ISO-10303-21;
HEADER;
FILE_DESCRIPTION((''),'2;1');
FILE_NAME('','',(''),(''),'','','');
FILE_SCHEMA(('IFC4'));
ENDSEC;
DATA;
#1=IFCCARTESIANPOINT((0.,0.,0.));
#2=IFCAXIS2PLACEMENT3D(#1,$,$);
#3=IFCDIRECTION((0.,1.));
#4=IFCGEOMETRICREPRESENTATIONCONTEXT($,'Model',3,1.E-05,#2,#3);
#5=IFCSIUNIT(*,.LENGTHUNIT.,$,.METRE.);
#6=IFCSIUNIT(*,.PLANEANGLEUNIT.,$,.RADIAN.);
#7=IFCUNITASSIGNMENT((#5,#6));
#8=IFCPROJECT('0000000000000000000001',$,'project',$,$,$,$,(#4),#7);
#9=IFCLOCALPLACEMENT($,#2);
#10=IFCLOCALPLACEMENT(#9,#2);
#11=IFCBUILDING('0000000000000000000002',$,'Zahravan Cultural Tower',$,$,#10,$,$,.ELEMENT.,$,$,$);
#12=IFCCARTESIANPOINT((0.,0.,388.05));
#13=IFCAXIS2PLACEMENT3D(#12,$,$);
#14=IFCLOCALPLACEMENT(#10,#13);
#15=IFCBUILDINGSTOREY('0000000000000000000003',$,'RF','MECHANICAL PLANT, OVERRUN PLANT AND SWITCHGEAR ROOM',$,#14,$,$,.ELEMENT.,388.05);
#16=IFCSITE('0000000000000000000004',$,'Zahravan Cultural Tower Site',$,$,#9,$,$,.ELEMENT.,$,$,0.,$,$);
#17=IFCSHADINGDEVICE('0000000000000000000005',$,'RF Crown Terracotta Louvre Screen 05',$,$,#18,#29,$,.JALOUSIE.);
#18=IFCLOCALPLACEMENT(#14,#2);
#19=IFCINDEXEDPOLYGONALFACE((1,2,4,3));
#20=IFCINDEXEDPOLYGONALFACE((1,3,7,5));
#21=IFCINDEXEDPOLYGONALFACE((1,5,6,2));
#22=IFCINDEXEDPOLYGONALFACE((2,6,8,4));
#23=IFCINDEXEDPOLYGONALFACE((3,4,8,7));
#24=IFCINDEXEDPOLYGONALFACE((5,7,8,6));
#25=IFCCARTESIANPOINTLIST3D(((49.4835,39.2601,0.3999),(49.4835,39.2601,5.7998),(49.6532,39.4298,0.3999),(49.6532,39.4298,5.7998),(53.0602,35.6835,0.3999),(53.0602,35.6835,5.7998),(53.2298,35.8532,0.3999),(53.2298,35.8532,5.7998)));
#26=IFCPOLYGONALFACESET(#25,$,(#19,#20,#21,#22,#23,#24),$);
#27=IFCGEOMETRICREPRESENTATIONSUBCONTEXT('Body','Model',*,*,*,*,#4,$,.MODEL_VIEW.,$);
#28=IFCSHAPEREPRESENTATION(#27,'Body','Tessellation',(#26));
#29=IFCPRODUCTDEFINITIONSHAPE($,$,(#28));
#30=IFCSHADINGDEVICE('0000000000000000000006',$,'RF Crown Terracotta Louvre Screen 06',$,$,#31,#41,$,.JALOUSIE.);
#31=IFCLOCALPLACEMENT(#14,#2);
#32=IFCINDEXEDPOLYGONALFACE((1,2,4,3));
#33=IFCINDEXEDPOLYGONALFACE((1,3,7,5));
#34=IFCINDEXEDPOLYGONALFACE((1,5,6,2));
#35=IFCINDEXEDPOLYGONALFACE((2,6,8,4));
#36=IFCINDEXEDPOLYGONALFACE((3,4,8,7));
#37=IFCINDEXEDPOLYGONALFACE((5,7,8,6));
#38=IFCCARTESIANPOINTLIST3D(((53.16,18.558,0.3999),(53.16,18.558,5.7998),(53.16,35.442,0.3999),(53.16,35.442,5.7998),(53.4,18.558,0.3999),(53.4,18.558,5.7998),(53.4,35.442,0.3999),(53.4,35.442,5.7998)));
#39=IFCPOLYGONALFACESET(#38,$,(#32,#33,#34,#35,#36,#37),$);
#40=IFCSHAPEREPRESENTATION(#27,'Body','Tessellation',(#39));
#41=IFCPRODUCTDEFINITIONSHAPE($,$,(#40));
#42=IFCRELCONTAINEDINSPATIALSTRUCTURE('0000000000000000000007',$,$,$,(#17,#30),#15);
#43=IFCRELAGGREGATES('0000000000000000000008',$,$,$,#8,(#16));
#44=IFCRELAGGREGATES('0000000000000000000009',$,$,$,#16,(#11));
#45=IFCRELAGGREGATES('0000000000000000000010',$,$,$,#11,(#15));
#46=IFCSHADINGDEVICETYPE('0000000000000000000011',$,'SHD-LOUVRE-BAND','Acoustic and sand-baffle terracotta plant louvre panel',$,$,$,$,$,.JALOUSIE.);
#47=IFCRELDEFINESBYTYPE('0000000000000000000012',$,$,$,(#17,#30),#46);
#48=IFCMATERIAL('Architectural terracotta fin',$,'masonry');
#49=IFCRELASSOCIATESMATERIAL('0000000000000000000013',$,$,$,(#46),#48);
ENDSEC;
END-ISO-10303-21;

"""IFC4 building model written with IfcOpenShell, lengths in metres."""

from ifc_helpers import new_model, si_unit, direction, frame, origin, origin_2d, place, context, subcontext, project, spatial, rectangle, extrude, source, transform, mapped, material, type_object, element, save


model = new_model("IFC4")

# Units and contexts
model_context = context("Model", 3, precision=1e-05, world=origin(), true_north=direction((0.0, 1.0)))
body_context = subcontext(model_context, "Body", "Model", "MODEL_VIEW")
ifc_project = project(units=[si_unit("LENGTHUNIT", "METRE"), si_unit("PLANEANGLEUNIT", "RADIAN")], contexts=[model_context])

# Site, building, storey
site_placement = place(None, origin())
site = spatial("IfcSite", under=ifc_project, at=site_placement, Name="Zahravan Cultural Tower Site", CompositionType="ELEMENT", RefElevation=0.0)
building_placement = place(site_placement, origin())
building = spatial("IfcBuilding", under=site, at=building_placement, Name="Zahravan Cultural Tower", CompositionType="ELEMENT")
storey_placement = place(building_placement, frame((0.0, 0.0, 388.05)))
storey = spatial("IfcBuildingStorey", under=building, at=storey_placement, Name="RF", Description="MECHANICAL PLANT, OVERRUN PLANT AND SWITCHGEAR ROOM", CompositionType="ELEMENT", Elevation=388.05)

# Shading devices
ifc_material_1 = material(Name="Architectural terracotta fin", Category="masonry")
shading_device_type = type_object("IfcShadingDeviceType", Name="SHD-LOUVRE-BAND", Description="Acoustic and sand-baffle terracotta plant louvre panel", PredefinedType="JALOUSIE", material=ifc_material_1)
shared_shape_1 = source(origin(), body_context, "Body", "SweptSolid", [
    extrude(rectangle(XDim=5.0581, YDim=0.24, at=origin_2d()), origin(), (0.0, 0.0, 1.0), 5.3999),
])
shading_device_1_placement = place(storey_placement, frame((51.3567, 37.5566, 0.3999), z_axis=(0.0, 0.0, 1.0), x_axis=(0.707107, -0.707107, 0.0)))
element("IfcShadingDevice", 1, at=shading_device_1_placement, inside=storey, type_object=shading_device_type, Name="RF Crown Terracotta Louvre Screen 05", PredefinedType="JALOUSIE", context=body_context, shape_type="MappedRepresentation", body=[
    mapped(shared_shape_1, transform((0.0, 0.0, 0.0), x_axis=(1.0, 0.0, 0.0), y_axis=(0.0, 1.0, 0.0), z_axis=(0.0, 0.0, 1.0), scale=1.0)),
])
shared_shape_2 = source(origin(), body_context, "Body", "SweptSolid", [
    extrude(rectangle(XDim=16.884, YDim=0.24, at=origin_2d()), origin(), (0.0, 0.0, 1.0), 5.3999),
])
shading_device_2_placement = place(storey_placement, frame((53.28, 27.0, 0.3999), z_axis=(0.0, 0.0, 1.0), x_axis=(0.0, -1.0, 0.0)))
element("IfcShadingDevice", 2, at=shading_device_2_placement, inside=storey, type_object=shading_device_type, Name="RF Crown Terracotta Louvre Screen 06", PredefinedType="JALOUSIE", context=body_context, shape_type="MappedRepresentation", body=[
    mapped(shared_shape_2, transform((0.0, 0.0, 0.0), x_axis=(1.0, 0.0, 0.0), y_axis=(0.0, 1.0, 0.0), z_axis=(0.0, 0.0, 1.0), scale=1.0)),
])

save(model, "model.ifc")
